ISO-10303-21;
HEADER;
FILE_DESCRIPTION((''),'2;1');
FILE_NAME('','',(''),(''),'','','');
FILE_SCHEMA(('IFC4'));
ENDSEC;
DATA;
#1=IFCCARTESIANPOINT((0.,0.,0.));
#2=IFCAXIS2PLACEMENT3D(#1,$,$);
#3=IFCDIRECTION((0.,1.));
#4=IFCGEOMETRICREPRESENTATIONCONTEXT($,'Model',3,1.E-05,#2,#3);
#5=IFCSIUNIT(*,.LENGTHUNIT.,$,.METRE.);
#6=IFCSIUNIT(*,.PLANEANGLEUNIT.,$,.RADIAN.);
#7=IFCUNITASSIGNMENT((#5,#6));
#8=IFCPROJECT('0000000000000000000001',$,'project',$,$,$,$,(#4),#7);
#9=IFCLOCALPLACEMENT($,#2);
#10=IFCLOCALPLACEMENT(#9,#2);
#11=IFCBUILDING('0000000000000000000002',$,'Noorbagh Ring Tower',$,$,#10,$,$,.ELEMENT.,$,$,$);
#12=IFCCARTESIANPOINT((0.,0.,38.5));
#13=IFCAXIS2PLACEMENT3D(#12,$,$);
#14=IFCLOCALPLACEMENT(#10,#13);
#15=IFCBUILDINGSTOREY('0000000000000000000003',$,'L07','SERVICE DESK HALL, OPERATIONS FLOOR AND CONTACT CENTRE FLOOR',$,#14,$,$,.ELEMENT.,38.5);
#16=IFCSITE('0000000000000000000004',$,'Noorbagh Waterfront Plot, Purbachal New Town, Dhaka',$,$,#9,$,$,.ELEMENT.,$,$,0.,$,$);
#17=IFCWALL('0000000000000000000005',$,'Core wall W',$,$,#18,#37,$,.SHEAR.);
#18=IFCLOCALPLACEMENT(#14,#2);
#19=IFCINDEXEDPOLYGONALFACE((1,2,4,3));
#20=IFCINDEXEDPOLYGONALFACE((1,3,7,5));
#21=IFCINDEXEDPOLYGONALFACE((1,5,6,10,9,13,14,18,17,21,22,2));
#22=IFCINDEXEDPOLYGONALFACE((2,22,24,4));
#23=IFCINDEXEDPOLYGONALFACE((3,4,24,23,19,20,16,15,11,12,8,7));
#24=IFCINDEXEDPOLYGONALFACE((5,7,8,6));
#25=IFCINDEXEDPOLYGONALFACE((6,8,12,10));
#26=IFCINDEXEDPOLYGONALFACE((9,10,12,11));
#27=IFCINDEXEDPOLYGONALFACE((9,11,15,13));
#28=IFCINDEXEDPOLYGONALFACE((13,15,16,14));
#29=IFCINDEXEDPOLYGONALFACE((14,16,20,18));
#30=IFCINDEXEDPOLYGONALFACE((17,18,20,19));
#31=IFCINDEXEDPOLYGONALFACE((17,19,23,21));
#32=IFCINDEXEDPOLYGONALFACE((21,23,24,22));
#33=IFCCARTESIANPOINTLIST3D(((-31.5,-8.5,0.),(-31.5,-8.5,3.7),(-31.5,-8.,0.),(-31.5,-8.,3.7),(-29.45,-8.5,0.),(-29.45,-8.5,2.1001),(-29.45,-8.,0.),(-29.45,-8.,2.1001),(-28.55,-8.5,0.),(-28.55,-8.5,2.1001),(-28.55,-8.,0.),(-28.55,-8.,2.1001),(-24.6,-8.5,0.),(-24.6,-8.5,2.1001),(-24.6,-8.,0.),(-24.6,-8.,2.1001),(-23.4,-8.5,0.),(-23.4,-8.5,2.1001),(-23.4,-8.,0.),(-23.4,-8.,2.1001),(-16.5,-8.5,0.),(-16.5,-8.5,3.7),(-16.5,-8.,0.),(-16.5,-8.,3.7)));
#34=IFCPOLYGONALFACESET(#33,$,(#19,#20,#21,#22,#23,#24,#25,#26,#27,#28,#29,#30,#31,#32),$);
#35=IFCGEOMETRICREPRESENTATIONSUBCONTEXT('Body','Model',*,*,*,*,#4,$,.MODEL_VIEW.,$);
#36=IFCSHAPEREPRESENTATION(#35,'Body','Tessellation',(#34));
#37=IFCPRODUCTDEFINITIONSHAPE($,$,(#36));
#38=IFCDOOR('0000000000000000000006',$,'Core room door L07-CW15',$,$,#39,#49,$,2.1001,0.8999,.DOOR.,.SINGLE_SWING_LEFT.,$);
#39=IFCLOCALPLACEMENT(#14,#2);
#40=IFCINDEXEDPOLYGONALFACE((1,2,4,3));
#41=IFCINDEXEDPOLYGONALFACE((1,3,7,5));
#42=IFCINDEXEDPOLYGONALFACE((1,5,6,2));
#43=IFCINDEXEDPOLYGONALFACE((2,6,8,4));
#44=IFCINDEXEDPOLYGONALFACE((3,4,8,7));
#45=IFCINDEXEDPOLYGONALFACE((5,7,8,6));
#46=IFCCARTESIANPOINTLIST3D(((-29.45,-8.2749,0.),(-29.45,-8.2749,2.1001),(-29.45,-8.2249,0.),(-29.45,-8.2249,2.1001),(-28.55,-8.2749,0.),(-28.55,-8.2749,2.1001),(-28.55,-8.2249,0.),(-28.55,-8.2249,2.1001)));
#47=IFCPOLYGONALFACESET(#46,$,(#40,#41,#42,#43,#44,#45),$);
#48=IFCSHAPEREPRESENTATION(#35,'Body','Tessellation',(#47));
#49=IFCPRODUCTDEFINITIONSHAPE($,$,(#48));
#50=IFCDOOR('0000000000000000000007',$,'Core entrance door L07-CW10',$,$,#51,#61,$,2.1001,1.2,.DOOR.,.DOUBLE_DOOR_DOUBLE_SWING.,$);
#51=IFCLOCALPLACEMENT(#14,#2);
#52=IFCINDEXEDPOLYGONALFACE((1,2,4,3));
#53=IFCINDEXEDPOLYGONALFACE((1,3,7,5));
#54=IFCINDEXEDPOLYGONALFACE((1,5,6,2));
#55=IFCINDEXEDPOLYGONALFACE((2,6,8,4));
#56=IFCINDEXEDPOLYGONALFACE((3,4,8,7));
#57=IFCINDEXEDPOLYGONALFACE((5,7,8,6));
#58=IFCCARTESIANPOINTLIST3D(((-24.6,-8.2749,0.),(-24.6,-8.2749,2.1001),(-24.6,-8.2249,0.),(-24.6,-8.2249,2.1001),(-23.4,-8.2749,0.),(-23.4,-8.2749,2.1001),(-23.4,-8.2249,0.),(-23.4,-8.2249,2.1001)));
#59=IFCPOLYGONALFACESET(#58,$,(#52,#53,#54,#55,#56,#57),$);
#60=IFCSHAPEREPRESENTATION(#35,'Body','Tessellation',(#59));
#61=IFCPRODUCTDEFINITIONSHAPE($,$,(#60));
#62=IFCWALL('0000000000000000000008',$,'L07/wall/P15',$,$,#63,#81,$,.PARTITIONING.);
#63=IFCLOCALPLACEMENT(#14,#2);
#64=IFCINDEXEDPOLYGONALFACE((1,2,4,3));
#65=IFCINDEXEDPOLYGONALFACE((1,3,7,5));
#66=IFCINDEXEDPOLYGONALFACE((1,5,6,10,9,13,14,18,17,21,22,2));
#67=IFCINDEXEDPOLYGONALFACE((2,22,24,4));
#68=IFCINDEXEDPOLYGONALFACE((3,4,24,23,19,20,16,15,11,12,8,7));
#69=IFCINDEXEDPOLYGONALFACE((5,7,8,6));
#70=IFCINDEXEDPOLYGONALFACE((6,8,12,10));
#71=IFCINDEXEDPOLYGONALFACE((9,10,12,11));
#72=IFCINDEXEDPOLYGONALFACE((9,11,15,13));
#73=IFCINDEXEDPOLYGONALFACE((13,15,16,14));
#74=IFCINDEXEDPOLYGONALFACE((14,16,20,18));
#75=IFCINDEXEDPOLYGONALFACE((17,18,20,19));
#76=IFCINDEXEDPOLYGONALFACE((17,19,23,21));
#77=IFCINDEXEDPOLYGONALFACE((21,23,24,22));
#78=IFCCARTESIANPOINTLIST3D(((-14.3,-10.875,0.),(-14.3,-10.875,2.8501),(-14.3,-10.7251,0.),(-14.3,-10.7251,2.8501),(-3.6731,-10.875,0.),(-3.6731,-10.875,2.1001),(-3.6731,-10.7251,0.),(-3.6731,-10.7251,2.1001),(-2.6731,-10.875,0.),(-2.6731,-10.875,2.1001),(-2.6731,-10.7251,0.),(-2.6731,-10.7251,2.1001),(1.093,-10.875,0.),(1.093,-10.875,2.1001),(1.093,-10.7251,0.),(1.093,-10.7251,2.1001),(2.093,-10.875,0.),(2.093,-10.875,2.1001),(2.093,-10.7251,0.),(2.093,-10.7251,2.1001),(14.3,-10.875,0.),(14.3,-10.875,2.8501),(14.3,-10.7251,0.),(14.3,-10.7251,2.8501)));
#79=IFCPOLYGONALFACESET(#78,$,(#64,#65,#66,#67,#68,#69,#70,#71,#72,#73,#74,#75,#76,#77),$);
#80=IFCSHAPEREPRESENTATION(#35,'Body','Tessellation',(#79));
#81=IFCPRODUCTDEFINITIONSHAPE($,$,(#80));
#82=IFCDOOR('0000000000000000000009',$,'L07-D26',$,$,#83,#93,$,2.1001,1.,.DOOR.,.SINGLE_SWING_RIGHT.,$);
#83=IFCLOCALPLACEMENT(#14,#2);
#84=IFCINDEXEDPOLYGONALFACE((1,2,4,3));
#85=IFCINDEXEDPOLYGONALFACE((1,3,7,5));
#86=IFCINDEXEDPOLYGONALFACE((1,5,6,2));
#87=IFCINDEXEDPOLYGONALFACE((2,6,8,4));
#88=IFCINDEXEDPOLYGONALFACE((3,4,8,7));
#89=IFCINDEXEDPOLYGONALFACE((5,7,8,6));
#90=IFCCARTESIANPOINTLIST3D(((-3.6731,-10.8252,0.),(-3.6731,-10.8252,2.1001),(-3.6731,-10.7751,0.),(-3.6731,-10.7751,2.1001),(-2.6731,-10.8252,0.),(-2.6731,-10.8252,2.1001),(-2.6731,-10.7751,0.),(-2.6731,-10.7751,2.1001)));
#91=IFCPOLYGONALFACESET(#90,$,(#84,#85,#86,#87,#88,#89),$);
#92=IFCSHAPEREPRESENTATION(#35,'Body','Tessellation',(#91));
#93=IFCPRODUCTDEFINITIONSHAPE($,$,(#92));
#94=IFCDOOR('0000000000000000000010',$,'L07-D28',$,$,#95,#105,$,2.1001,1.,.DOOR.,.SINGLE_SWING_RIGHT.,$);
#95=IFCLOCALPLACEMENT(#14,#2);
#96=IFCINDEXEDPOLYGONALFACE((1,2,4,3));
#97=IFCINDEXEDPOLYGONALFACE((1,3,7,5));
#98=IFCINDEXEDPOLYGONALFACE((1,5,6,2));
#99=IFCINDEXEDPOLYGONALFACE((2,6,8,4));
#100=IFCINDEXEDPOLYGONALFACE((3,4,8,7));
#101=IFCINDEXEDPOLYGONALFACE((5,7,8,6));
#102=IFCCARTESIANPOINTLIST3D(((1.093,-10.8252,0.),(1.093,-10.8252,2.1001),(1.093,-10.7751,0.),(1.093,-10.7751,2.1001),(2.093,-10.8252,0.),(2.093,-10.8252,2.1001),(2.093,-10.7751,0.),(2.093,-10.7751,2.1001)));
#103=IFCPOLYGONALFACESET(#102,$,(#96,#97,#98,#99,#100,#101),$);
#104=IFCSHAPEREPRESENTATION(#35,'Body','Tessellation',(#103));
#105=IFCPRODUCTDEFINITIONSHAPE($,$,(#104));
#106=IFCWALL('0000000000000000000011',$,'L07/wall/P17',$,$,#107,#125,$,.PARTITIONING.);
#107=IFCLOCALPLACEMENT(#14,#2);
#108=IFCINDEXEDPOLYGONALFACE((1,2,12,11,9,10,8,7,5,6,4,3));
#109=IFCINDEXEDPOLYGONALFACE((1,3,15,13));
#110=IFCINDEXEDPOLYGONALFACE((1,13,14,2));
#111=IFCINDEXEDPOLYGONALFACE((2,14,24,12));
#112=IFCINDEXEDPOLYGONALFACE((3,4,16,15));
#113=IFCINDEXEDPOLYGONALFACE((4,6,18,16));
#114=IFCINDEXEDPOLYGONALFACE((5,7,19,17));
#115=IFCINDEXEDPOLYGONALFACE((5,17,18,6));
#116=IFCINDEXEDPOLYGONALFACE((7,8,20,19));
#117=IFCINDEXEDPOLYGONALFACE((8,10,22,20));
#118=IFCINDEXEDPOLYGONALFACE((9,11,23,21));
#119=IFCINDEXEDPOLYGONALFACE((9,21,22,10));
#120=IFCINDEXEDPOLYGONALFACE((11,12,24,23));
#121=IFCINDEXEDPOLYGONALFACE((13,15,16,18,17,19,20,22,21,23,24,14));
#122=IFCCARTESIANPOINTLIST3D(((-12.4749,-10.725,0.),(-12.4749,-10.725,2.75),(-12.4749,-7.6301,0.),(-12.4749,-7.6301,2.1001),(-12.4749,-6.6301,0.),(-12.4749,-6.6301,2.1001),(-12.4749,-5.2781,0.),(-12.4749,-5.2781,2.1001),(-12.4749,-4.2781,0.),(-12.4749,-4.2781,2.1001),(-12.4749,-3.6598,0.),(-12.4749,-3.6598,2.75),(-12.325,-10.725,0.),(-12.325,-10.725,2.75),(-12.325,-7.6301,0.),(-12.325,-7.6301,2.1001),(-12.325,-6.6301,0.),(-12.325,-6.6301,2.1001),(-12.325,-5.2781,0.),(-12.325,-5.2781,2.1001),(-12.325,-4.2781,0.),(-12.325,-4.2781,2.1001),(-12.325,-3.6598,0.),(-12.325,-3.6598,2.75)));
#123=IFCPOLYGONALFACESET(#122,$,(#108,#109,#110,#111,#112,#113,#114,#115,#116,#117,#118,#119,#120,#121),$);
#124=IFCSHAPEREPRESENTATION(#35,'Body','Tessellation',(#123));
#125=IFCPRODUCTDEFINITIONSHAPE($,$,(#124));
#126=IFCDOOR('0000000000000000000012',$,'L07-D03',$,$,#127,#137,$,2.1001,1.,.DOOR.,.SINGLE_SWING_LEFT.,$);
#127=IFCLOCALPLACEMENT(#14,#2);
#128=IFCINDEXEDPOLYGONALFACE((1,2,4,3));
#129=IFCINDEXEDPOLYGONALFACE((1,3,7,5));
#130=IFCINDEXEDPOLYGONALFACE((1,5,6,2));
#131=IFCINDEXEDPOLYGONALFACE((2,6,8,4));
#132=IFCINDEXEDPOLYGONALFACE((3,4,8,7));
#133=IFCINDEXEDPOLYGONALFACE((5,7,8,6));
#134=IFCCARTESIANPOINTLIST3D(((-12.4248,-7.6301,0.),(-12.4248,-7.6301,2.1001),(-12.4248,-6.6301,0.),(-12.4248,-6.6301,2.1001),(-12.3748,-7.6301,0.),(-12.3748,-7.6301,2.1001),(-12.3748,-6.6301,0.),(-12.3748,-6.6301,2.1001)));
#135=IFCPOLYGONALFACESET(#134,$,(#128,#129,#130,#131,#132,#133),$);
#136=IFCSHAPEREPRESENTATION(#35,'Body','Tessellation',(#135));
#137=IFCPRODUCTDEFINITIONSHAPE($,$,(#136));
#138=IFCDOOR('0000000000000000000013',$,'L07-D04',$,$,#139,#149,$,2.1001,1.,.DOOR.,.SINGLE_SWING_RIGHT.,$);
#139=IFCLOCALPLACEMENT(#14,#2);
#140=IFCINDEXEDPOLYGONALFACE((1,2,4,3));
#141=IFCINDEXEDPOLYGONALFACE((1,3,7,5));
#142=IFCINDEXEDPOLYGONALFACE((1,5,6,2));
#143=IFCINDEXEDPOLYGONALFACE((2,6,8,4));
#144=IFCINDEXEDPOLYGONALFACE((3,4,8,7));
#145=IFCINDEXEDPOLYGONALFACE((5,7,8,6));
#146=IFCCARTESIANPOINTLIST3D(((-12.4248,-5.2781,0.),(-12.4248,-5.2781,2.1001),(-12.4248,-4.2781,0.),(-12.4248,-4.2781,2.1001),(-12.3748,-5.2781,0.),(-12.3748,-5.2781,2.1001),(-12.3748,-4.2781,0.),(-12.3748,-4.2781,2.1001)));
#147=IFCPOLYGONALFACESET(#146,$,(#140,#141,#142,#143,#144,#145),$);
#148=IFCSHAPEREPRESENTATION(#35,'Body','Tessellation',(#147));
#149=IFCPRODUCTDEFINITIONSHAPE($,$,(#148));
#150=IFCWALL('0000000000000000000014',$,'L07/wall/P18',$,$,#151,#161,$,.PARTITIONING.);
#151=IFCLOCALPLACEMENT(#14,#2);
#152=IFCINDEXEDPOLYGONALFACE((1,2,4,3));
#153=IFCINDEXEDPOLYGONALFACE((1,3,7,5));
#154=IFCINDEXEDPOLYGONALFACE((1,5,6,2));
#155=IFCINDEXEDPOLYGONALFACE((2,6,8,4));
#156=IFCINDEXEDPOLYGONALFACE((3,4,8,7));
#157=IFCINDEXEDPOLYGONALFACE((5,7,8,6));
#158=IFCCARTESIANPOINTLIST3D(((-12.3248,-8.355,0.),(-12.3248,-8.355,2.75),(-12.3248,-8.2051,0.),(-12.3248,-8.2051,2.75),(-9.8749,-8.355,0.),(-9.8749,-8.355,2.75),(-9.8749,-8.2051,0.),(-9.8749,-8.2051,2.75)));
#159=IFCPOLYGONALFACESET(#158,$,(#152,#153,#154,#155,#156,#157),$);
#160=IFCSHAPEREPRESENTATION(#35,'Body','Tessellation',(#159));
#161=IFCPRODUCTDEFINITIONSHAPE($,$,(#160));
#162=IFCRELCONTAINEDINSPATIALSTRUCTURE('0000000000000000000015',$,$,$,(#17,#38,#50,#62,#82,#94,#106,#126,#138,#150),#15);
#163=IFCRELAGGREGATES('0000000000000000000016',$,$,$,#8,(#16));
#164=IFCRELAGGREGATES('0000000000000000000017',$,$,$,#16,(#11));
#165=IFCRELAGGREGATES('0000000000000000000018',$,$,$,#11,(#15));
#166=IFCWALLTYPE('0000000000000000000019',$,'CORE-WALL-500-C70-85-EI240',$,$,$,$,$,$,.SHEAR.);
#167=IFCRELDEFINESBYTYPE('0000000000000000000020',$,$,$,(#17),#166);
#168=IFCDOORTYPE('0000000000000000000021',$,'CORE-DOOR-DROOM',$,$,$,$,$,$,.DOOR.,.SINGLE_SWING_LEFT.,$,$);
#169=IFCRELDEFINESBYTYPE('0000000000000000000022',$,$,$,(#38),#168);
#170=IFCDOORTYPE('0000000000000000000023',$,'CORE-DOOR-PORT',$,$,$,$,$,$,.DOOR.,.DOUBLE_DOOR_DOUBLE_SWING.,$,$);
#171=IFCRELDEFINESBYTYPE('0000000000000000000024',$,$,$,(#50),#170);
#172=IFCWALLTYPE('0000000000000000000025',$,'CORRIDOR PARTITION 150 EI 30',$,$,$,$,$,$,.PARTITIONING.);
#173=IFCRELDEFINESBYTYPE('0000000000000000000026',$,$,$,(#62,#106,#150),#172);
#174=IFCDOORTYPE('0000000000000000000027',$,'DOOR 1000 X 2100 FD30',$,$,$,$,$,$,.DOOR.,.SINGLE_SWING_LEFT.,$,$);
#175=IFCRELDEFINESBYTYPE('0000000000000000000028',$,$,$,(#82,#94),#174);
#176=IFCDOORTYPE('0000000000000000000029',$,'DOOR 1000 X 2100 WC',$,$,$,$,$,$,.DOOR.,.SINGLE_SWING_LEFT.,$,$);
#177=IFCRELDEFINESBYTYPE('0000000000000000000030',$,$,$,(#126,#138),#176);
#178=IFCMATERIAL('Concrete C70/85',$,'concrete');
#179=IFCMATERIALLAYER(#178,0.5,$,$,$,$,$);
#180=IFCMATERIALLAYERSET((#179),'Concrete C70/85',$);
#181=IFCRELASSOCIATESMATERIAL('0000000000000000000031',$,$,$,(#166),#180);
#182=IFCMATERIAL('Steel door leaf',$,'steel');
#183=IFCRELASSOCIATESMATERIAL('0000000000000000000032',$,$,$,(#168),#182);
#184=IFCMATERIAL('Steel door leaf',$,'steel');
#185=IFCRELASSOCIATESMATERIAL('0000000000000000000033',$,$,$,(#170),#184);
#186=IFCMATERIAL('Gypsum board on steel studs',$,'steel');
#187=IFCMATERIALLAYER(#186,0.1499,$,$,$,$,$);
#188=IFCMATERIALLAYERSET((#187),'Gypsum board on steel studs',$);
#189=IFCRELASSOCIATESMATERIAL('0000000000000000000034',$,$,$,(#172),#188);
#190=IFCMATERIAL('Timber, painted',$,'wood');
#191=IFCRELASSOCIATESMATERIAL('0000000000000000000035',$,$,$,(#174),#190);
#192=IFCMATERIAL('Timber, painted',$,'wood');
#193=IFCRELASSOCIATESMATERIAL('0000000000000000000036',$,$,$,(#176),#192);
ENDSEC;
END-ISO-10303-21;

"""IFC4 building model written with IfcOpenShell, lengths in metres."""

from ifc_helpers import new_model, si_unit, direction, frame, frame_2d, origin, place, context, subcontext, project, spatial, rectangle, extrude, material, layer, layer_set, type_object, element, fill, save


model = new_model("IFC4")

# Units and contexts
model_context = context("Model", 3, precision=1e-05, world=origin(), true_north=direction((0.0, 1.0)))
body_context = subcontext(model_context, "Body", "Model", "MODEL_VIEW")
ifc_project = project(units=[si_unit("LENGTHUNIT", "METRE"), si_unit("PLANEANGLEUNIT", "RADIAN")], contexts=[model_context])

# Site, building, storey
site_placement = place(None, origin())
site = spatial("IfcSite", under=ifc_project, at=site_placement, Name="Noorbagh Waterfront Plot, Purbachal New Town, Dhaka", CompositionType="ELEMENT", RefElevation=0.0)
building_placement = place(site_placement, origin())
building = spatial("IfcBuilding", under=site, at=building_placement, Name="Noorbagh Ring Tower", CompositionType="ELEMENT")
storey_placement = place(building_placement, frame((0.0, 0.0, 38.5)))
storey = spatial("IfcBuildingStorey", under=building, at=storey_placement, Name="L07", Description="SERVICE DESK HALL, OPERATIONS FLOOR AND CONTACT CENTRE FLOOR", CompositionType="ELEMENT", Elevation=38.5)

# Walls, openings, doors
ifc_material_1 = material(Name="Concrete C70/85", Category="concrete")
ifc_layer_1 = layer(ifc_material_1, 0.5)
ifc_layer_set_1 = layer_set([ifc_layer_1], Name="Concrete C70/85")
wall_type_1 = type_object("IfcWallType", Name="CORE-WALL-500-C70-85-EI240", PredefinedType="SHEAR", material=ifc_layer_set_1)
wall_1_placement = place(storey_placement, frame((-16.5, -8.25, 0.0), z_axis=(0.0, 0.0, 1.0), x_axis=(-1.0, 0.0, 0.0)))
wall_1 = element("IfcWall", 1, at=wall_1_placement, inside=storey, type_object=wall_type_1, Name="Core wall W", PredefinedType="SHEAR", context=body_context, shape_type="SweptSolid", body=[
    extrude(rectangle(XDim=15.0, YDim=0.5, at=frame_2d((7.5, 0.0))), origin(), (0.0, 0.0, 1.0), 3.7),
])
opening_1_placement = place(wall_1_placement, frame((6.8999, 0.0, 0.0)))
opening_1 = element("IfcOpeningElement", 2, at=opening_1_placement, cuts=wall_1, PredefinedType="OPENING", context=body_context, shape_type="SweptSolid", body=[
    extrude(rectangle(XDim=1.2, YDim=2.1001, at=frame_2d((0.6001, 1.05))), frame((0.0, 0.26, 0.0), z_axis=(0.0, -1.0, 0.0), x_axis=(1.0, 0.0, 0.0)), (0.0, 0.0, 1.0), 0.52),
])
opening_2_placement = place(wall_1_placement, frame((12.05, 0.0, 0.0)))
opening_2 = element("IfcOpeningElement", 3, at=opening_2_placement, cuts=wall_1, PredefinedType="OPENING", context=body_context, shape_type="SweptSolid", body=[
    extrude(rectangle(XDim=0.8999, YDim=2.1001, at=frame_2d((0.45, 1.05))), frame((0.0, 0.26, 0.0), z_axis=(0.0, -1.0, 0.0), x_axis=(1.0, 0.0, 0.0)), (0.0, 0.0, 1.0), 0.52),
])
ifc_material_2 = material(Name="Steel door leaf", Category="steel")
door_type_1 = type_object("IfcDoorType", Name="CORE-DOOR-DROOM", OperationType="SINGLE_SWING_LEFT", PredefinedType="DOOR", material=ifc_material_2)
door_1_placement = place(opening_2_placement, origin())
door_1 = element("IfcDoor", 4, at=door_1_placement, inside=storey, type_object=door_type_1, Name="Core room door L07-CW15", OperationType="SINGLE_SWING_LEFT", OverallHeight=2.1001, OverallWidth=0.8999, PredefinedType="DOOR", context=body_context, shape_type="SweptSolid", body=[
    extrude(rectangle(XDim=0.8999, YDim=2.1001, at=frame_2d((0.45, 1.05))), frame((0.0, 0.0249, 0.0), z_axis=(0.0, -1.0, 0.0), x_axis=(1.0, 0.0, 0.0)), (0.0, 0.0, 1.0), 0.05),
])
fill(opening_2, door_1)
ifc_material_3 = material(Name="Steel door leaf", Category="steel")
door_type_2 = type_object("IfcDoorType", Name="CORE-DOOR-PORT", OperationType="DOUBLE_DOOR_DOUBLE_SWING", PredefinedType="DOOR", material=ifc_material_3)
door_2_placement = place(opening_1_placement, origin())
door_2 = element("IfcDoor", 5, at=door_2_placement, inside=storey, type_object=door_type_2, Name="Core entrance door L07-CW10", OperationType="DOUBLE_DOOR_DOUBLE_SWING", OverallHeight=2.1001, OverallWidth=1.2, PredefinedType="DOOR", context=body_context, shape_type="SweptSolid", body=[
    extrude(rectangle(XDim=1.2, YDim=2.1001, at=frame_2d((0.6001, 1.05))), frame((0.0, 0.0249, 0.0), z_axis=(0.0, -1.0, 0.0), x_axis=(1.0, 0.0, 0.0)), (0.0, 0.0, 1.0), 0.05),
])
fill(opening_1, door_2)
ifc_material_4 = material(Name="Gypsum board on steel studs", Category="steel")
ifc_layer_2 = layer(ifc_material_4, 0.1499)
ifc_layer_set_2 = layer_set([ifc_layer_2], Name="Gypsum board on steel studs")
wall_type_2 = type_object("IfcWallType", Name="CORRIDOR PARTITION 150 EI 30", PredefinedType="PARTITIONING", material=ifc_layer_set_2)
wall_2_placement = place(storey_placement, frame((-14.3, -10.8, 0.0), z_axis=(0.0, 0.0, 1.0), x_axis=(1.0, 0.0, 0.0)))
wall_2 = element("IfcWall", 6, at=wall_2_placement, inside=storey, type_object=wall_type_2, Name="L07/wall/P15", PredefinedType="PARTITIONING", context=body_context, shape_type="SweptSolid", body=[
    extrude(rectangle(XDim=28.6001, YDim=0.1499, at=frame_2d((14.3, 0.0))), origin(), (0.0, 0.0, 1.0), 2.8501),
])
opening_3_placement = place(wall_2_placement, frame((10.627, 0.0, 0.0)))
opening_3 = element("IfcOpeningElement", 7, at=opening_3_placement, cuts=wall_2, PredefinedType="OPENING", context=body_context, shape_type="SweptSolid", body=[
    extrude(rectangle(XDim=1.0, YDim=2.1001, at=frame_2d((0.5, 1.05))), frame((0.0, 0.085, 0.0), z_axis=(0.0, -1.0, 0.0), x_axis=(1.0, 0.0, 0.0)), (0.0, 0.0, 1.0), 0.1699),
])
opening_4_placement = place(wall_2_placement, frame((15.3931, 0.0, 0.0)))
opening_4 = element("IfcOpeningElement", 8, at=opening_4_placement, cuts=wall_2, PredefinedType="OPENING", context=body_context, shape_type="SweptSolid", body=[
    extrude(rectangle(XDim=1.0, YDim=2.1001, at=frame_2d((0.5, 1.05))), frame((0.0, 0.085, 0.0), z_axis=(0.0, -1.0, 0.0), x_axis=(1.0, 0.0, 0.0)), (0.0, 0.0, 1.0), 0.1699),
])
ifc_material_5 = material(Name="Timber, painted", Category="wood")
door_type_3 = type_object("IfcDoorType", Name="DOOR 1000 X 2100 FD30", OperationType="SINGLE_SWING_LEFT", PredefinedType="DOOR", material=ifc_material_5)
door_3_placement = place(opening_3_placement, origin())
door_3 = element("IfcDoor", 9, at=door_3_placement, inside=storey, type_object=door_type_3, Name="L07-D26", OperationType="SINGLE_SWING_RIGHT", OverallHeight=2.1001, OverallWidth=1.0, PredefinedType="DOOR", context=body_context, shape_type="SweptSolid", body=[
    extrude(rectangle(XDim=1.0, YDim=2.1001, at=frame_2d((0.5, 1.05))), frame((0.0, 0.0249, 0.0), z_axis=(0.0, -1.0, 0.0), x_axis=(1.0, 0.0, 0.0)), (0.0, 0.0, 1.0), 0.05),
])
fill(opening_3, door_3)
door_4_placement = place(opening_4_placement, origin())
door_4 = element("IfcDoor", 10, at=door_4_placement, inside=storey, type_object=door_type_3, Name="L07-D28", OperationType="SINGLE_SWING_RIGHT", OverallHeight=2.1001, OverallWidth=1.0, PredefinedType="DOOR", context=body_context, shape_type="SweptSolid", body=[
    extrude(rectangle(XDim=1.0, YDim=2.1001, at=frame_2d((0.5, 1.05))), frame((0.0, 0.0249, 0.0), z_axis=(0.0, -1.0, 0.0), x_axis=(1.0, 0.0, 0.0)), (0.0, 0.0, 1.0), 0.05),
])
fill(opening_4, door_4)
wall_3_placement = place(storey_placement, frame((-12.3999, -10.7251, 0.0), z_axis=(0.0, 0.0, 1.0), x_axis=(0.0, 1.0, 0.0)))
wall_3 = element("IfcWall", 11, at=wall_3_placement, inside=storey, type_object=wall_type_2, Name="L07/wall/P17", PredefinedType="PARTITIONING", context=body_context, shape_type="SweptSolid", body=[
    extrude(rectangle(XDim=7.0652, YDim=0.1499, at=frame_2d((3.5327, 0.0))), origin(), (0.0, 0.0, 1.0), 2.75),
])
opening_5_placement = place(wall_3_placement, frame((3.095, 0.0, 0.0)))
opening_5 = element("IfcOpeningElement", 12, at=opening_5_placement, cuts=wall_3, PredefinedType="OPENING", context=body_context, shape_type="SweptSolid", body=[
    extrude(rectangle(XDim=1.0, YDim=2.1001, at=frame_2d((0.5, 1.05))), frame((0.0, 0.085, 0.0), z_axis=(0.0, -1.0, 0.0), x_axis=(1.0, 0.0, 0.0)), (0.0, 0.0, 1.0), 0.1699),
])
opening_6_placement = place(wall_3_placement, frame((5.447, 0.0, 0.0)))
opening_6 = element("IfcOpeningElement", 13, at=opening_6_placement, cuts=wall_3, PredefinedType="OPENING", context=body_context, shape_type="SweptSolid", body=[
    extrude(rectangle(XDim=1.0, YDim=2.1001, at=frame_2d((0.5, 1.05))), frame((0.0, 0.085, 0.0), z_axis=(0.0, -1.0, 0.0), x_axis=(1.0, 0.0, 0.0)), (0.0, 0.0, 1.0), 0.1699),
])
ifc_material_6 = material(Name="Timber, painted", Category="wood")
door_type_4 = type_object("IfcDoorType", Name="DOOR 1000 X 2100 WC", OperationType="SINGLE_SWING_LEFT", PredefinedType="DOOR", material=ifc_material_6)
door_5_placement = place(opening_5_placement, origin())
door_5 = element("IfcDoor", 14, at=door_5_placement, inside=storey, type_object=door_type_4, Name="L07-D03", OperationType="SINGLE_SWING_LEFT", OverallHeight=2.1001, OverallWidth=1.0, PredefinedType="DOOR", context=body_context, shape_type="SweptSolid", body=[
    extrude(rectangle(XDim=1.0, YDim=2.1001, at=frame_2d((0.5, 1.05))), frame((0.0, 0.0249, 0.0), z_axis=(0.0, -1.0, 0.0), x_axis=(1.0, 0.0, 0.0)), (0.0, 0.0, 1.0), 0.05),
])
fill(opening_5, door_5)
door_6_placement = place(opening_6_placement, origin())
door_6 = element("IfcDoor", 15, at=door_6_placement, inside=storey, type_object=door_type_4, Name="L07-D04", OperationType="SINGLE_SWING_RIGHT", OverallHeight=2.1001, OverallWidth=1.0, PredefinedType="DOOR", context=body_context, shape_type="SweptSolid", body=[
    extrude(rectangle(XDim=1.0, YDim=2.1001, at=frame_2d((0.5, 1.05))), frame((0.0, 0.0249, 0.0), z_axis=(0.0, -1.0, 0.0), x_axis=(1.0, 0.0, 0.0)), (0.0, 0.0, 1.0), 0.05),
])
fill(opening_6, door_6)

# Wall
wall_4_placement = place(storey_placement, frame((-12.325, -8.28, 0.0), z_axis=(0.0, 0.0, 1.0), x_axis=(1.0, 0.0, 0.0)))
element("IfcWall", 16, at=wall_4_placement, inside=storey, type_object=wall_type_2, Name="L07/wall/P18", PredefinedType="PARTITIONING", context=body_context, shape_type="SweptSolid", body=[
    extrude(rectangle(XDim=2.45, YDim=0.1499, at=frame_2d((1.2251, 0.0))), origin(), (0.0, 0.0, 1.0), 2.75),
])

save(model, "model.ifc")
